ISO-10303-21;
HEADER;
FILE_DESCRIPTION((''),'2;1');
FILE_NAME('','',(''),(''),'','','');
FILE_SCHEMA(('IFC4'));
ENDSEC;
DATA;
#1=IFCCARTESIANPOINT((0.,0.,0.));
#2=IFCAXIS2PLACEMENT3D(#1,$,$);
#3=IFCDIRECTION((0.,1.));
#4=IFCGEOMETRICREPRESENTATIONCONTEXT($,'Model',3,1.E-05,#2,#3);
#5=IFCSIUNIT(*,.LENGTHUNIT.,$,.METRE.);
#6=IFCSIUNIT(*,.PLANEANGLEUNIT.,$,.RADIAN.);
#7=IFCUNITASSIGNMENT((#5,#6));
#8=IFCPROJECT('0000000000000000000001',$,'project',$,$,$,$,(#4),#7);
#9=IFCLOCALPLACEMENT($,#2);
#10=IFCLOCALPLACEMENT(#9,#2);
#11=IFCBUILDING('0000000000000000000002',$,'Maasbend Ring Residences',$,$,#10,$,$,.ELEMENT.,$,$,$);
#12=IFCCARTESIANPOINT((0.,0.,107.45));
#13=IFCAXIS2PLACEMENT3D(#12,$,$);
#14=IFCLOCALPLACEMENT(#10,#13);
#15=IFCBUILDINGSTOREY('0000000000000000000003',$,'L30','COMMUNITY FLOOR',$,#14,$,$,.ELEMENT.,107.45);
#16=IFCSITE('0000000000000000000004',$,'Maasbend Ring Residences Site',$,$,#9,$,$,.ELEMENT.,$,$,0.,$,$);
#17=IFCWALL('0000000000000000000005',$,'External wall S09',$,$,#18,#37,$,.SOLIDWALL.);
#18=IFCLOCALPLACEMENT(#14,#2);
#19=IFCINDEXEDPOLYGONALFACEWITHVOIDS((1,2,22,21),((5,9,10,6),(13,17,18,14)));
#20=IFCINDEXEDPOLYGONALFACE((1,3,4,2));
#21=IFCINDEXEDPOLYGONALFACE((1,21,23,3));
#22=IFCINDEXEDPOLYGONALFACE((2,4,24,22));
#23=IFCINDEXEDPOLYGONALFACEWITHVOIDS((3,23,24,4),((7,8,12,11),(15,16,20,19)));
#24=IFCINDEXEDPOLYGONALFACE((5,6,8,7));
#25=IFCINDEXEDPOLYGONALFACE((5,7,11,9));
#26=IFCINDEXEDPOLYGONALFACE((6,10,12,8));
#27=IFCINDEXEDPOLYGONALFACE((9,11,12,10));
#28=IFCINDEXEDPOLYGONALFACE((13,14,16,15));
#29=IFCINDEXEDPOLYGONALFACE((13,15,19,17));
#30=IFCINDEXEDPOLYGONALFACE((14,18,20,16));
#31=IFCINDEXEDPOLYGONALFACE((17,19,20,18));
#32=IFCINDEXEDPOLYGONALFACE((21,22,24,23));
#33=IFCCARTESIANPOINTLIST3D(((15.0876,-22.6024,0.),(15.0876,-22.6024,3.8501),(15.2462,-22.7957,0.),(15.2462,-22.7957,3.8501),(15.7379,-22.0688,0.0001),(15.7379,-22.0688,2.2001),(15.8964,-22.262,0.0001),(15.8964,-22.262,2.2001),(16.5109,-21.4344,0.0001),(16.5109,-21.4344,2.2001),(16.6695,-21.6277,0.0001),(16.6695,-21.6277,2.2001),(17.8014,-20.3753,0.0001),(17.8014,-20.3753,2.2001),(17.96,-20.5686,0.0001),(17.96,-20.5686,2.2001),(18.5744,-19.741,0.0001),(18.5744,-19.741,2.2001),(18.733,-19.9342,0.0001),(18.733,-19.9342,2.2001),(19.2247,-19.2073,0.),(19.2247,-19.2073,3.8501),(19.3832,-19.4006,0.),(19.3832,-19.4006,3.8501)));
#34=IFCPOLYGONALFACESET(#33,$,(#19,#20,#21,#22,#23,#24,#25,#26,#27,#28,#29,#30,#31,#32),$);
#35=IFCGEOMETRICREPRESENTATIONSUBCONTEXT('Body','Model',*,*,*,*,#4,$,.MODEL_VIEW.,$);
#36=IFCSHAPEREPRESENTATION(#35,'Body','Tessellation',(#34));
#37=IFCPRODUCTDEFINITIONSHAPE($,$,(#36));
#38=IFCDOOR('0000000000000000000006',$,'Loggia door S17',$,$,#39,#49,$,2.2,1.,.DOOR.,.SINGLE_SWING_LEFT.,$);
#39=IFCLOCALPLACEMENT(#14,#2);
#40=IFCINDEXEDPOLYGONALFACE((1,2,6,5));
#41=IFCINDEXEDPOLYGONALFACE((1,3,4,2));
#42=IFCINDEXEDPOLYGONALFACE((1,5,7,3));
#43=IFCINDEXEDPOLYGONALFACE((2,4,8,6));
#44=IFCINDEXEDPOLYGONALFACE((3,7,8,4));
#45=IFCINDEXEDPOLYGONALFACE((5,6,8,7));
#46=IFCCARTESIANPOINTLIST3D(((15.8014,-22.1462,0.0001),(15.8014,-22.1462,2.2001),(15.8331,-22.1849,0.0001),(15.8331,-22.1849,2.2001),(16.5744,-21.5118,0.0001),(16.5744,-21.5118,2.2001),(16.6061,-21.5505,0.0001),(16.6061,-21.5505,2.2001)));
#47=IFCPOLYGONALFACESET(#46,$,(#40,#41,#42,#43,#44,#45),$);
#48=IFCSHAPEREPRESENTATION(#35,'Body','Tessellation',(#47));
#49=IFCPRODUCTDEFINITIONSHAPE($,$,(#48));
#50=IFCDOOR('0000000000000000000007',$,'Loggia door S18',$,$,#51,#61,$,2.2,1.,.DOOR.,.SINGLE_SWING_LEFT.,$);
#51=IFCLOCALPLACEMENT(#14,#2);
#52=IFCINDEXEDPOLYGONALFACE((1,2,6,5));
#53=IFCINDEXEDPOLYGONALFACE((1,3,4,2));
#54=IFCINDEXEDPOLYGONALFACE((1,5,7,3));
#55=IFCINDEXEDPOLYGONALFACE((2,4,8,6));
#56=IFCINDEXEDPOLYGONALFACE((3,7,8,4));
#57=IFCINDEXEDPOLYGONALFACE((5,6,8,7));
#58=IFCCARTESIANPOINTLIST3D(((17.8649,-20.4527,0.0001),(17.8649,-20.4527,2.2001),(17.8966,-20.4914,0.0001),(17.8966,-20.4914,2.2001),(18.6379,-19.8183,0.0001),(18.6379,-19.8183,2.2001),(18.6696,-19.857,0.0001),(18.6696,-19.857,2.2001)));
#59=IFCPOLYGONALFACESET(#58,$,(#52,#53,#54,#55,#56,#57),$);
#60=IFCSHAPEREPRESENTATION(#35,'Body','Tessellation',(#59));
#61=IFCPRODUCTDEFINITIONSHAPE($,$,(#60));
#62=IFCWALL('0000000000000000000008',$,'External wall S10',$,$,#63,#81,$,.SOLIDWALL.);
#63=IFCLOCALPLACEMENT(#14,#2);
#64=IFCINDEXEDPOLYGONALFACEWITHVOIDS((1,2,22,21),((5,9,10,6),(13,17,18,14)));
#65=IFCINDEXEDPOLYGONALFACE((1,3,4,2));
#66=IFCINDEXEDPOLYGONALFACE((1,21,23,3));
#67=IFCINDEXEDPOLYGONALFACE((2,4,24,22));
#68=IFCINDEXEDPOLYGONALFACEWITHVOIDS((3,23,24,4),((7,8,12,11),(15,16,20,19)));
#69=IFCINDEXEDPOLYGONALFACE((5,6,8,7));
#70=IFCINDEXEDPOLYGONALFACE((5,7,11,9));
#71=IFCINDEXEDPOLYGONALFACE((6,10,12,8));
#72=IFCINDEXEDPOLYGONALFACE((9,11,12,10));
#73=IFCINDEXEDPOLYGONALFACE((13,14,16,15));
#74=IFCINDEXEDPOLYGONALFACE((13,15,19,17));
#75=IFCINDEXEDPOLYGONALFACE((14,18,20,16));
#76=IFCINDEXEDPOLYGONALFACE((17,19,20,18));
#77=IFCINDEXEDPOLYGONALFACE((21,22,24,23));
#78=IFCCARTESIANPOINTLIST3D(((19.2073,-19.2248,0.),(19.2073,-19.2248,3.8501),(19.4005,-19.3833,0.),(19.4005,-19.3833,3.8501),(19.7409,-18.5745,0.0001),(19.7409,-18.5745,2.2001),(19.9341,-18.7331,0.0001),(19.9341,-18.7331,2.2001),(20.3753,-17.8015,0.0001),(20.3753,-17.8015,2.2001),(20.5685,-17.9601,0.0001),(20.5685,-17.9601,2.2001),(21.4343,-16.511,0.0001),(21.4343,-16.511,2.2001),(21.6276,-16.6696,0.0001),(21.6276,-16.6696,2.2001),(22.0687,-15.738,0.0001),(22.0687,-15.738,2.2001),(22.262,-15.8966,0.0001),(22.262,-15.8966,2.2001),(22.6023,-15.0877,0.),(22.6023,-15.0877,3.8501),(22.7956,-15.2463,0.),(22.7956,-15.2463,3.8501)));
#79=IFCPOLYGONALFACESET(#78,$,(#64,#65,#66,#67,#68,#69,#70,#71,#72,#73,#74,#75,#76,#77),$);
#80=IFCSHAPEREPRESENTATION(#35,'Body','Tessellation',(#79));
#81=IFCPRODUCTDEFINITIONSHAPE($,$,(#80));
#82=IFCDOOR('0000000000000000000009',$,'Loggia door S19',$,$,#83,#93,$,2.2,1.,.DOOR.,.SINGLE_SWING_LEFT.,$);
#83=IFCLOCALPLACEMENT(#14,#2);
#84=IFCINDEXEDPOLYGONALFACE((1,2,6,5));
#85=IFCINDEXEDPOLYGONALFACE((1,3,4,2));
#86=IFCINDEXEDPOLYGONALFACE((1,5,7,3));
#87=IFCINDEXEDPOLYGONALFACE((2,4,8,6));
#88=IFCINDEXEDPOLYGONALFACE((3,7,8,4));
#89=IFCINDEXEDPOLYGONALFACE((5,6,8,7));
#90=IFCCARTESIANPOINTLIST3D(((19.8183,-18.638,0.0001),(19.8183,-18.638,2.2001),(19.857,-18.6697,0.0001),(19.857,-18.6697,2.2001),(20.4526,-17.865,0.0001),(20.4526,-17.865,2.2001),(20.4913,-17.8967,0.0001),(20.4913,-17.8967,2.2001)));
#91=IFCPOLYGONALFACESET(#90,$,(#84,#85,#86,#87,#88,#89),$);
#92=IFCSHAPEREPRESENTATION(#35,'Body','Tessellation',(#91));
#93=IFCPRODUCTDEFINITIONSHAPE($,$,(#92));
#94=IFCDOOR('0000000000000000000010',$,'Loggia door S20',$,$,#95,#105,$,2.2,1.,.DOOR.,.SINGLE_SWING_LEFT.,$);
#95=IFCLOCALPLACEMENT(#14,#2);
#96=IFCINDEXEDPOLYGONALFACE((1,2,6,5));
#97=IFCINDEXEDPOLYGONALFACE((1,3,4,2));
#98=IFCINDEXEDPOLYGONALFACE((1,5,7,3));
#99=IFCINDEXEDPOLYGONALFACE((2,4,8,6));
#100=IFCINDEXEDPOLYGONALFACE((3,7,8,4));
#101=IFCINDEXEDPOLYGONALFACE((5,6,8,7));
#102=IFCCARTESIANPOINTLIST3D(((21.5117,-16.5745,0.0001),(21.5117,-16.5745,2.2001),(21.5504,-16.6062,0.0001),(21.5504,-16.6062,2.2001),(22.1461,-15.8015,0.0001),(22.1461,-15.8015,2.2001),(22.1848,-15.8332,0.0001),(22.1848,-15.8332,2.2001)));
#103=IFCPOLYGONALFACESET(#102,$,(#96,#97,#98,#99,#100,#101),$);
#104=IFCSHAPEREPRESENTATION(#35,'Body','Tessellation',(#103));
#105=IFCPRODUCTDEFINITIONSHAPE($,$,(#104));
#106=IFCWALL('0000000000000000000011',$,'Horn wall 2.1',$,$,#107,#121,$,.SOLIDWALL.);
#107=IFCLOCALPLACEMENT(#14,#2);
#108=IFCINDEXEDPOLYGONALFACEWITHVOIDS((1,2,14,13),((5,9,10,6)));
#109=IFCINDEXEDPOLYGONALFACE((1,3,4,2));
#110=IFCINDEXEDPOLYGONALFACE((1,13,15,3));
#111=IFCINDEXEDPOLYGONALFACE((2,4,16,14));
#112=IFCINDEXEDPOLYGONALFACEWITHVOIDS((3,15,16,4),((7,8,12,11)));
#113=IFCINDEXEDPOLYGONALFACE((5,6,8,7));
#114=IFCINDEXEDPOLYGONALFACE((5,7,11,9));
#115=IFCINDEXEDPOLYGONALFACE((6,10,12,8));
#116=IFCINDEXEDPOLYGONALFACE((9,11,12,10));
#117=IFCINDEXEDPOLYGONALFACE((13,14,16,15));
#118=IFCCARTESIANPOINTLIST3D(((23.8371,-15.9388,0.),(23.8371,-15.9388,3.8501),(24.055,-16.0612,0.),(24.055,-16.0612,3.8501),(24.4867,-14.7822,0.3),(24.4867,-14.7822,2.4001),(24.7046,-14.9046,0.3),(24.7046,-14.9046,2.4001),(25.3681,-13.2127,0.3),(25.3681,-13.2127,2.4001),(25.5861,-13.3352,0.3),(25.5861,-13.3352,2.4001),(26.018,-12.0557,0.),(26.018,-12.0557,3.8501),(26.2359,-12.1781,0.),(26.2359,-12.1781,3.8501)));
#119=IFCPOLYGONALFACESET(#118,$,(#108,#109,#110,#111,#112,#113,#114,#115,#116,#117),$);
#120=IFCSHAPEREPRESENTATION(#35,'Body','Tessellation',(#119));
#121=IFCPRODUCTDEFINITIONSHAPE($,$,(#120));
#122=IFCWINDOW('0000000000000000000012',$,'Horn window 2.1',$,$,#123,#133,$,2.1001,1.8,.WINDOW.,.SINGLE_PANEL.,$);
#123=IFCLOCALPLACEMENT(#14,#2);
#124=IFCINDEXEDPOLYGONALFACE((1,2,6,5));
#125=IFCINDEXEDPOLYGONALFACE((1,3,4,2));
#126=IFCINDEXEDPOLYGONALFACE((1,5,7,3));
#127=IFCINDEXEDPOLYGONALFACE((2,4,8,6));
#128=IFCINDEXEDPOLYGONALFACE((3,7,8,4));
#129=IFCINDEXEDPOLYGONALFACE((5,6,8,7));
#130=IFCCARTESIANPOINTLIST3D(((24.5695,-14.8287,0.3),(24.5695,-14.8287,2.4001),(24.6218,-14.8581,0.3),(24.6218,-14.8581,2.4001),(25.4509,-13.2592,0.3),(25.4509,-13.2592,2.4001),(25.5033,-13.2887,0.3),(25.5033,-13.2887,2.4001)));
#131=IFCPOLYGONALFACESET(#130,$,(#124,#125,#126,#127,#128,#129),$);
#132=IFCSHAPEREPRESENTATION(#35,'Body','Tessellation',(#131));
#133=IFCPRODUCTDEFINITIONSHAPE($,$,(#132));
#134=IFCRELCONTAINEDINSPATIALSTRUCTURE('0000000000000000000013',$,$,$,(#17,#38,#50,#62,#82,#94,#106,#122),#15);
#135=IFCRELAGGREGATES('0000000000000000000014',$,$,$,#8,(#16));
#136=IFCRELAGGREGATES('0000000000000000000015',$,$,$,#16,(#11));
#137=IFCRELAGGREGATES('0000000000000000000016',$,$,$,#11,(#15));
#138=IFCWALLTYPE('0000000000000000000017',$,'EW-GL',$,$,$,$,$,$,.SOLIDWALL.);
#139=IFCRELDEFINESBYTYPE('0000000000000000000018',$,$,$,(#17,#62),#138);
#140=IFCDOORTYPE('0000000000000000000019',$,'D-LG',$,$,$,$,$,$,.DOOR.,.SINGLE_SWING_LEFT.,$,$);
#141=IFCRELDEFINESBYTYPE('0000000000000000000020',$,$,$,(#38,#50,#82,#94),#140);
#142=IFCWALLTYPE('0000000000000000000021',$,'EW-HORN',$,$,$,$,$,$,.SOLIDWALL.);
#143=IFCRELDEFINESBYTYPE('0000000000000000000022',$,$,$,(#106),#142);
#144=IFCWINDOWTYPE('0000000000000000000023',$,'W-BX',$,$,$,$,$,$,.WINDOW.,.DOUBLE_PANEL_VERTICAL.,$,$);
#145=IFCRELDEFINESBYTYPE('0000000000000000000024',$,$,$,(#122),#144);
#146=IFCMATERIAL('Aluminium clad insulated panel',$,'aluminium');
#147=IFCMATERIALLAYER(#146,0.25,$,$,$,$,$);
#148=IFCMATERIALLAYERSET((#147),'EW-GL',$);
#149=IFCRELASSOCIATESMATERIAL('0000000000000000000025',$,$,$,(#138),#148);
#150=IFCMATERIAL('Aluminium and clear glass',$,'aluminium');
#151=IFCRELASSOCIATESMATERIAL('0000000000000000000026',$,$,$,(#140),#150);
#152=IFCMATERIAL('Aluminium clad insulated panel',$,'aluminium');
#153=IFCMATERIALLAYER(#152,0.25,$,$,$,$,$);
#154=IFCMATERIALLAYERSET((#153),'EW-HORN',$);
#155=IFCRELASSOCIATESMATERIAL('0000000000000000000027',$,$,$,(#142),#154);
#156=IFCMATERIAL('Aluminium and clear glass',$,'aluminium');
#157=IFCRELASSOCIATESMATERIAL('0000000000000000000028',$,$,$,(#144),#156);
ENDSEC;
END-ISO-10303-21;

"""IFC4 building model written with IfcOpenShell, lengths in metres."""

from ifc_helpers import new_model, si_unit, direction, frame, frame_2d, origin, place, context, subcontext, project, spatial, rectangle, extrude, material, layer, layer_set, type_object, element, fill, save


model = new_model("IFC4")

# Units and contexts
model_context = context("Model", 3, precision=1e-05, world=origin(), true_north=direction((0.0, 1.0)))
body_context = subcontext(model_context, "Body", "Model", "MODEL_VIEW")
ifc_project = project(units=[si_unit("LENGTHUNIT", "METRE"), si_unit("PLANEANGLEUNIT", "RADIAN")], contexts=[model_context])

# Site, building, storey
site_placement = place(None, origin())
site = spatial("IfcSite", under=ifc_project, at=site_placement, Name="Maasbend Ring Residences Site", CompositionType="ELEMENT", RefElevation=0.0)
building_placement = place(site_placement, origin())
building = spatial("IfcBuilding", under=site, at=building_placement, Name="Maasbend Ring Residences", CompositionType="ELEMENT")
storey_placement = place(building_placement, frame((0.0, 0.0, 107.45)))
storey = spatial("IfcBuildingStorey", under=building, at=storey_placement, Name="L30", Description="COMMUNITY FLOOR", CompositionType="ELEMENT", Elevation=107.45)

# Walls, openings, doors
ifc_material_1 = material(Name="Aluminium clad insulated panel", Category="aluminium")
ifc_layer_1 = layer(ifc_material_1, 0.25)
ifc_layer_set_1 = layer_set([ifc_layer_1], Name="EW-GL")
wall_type_1 = type_object("IfcWallType", Name="EW-GL", PredefinedType="SOLIDWALL", material=ifc_layer_set_1)
wall_1_placement = place(storey_placement, frame((15.167, -22.699, 0.0), z_axis=(0.0, 0.0, 1.0), x_axis=(0.773019, 0.634382, 0.0)))
wall_1 = element("IfcWall", 1, at=wall_1_placement, inside=storey, type_object=wall_type_1, Name="External wall S09", PredefinedType="SOLIDWALL", context=body_context, shape_type="SweptSolid", body=[
    extrude(rectangle(XDim=5.3518, YDim=0.25, at=frame_2d((2.6758, 0.0))), origin(), (0.0, 0.0, 1.0), 3.8501),
])
opening_1_placement = place(wall_1_placement, frame((0.8411, 0.0, 0.0)))
opening_1 = element("IfcOpeningElement", 2, at=opening_1_placement, cuts=wall_1, PredefinedType="OPENING", context=body_context, shape_type="SweptSolid", body=[
    extrude(rectangle(XDim=1.0, YDim=2.2, at=frame_2d((0.5, 1.1001))), frame((0.0, 0.135, 0.0), z_axis=(0.0, -1.0, 0.0), x_axis=(1.0, 0.0, 0.0)), (0.0, 0.0, 1.0), 0.27),
])
opening_2_placement = place(wall_1_placement, frame((3.5105, 0.0, 0.0)))
opening_2 = element("IfcOpeningElement", 3, at=opening_2_placement, cuts=wall_1, PredefinedType="OPENING", context=body_context, shape_type="SweptSolid", body=[
    extrude(rectangle(XDim=1.0, YDim=2.2, at=frame_2d((0.5, 1.1001))), frame((0.0, 0.135, 0.0), z_axis=(0.0, -1.0, 0.0), x_axis=(1.0, 0.0, 0.0)), (0.0, 0.0, 1.0), 0.27),
])
ifc_material_2 = material(Name="Aluminium and clear glass", Category="aluminium")
door_type_1 = type_object("IfcDoorType", Name="D-LG", OperationType="SINGLE_SWING_LEFT", PredefinedType="DOOR", material=ifc_material_2)
door_1_placement = place(opening_1_placement, origin())
door_1 = element("IfcDoor", 4, at=door_1_placement, inside=storey, type_object=door_type_1, Name="Loggia door S17", OperationType="SINGLE_SWING_LEFT", OverallHeight=2.2, OverallWidth=1.0, PredefinedType="DOOR", context=body_context, shape_type="SweptSolid", body=[
    extrude(rectangle(XDim=1.0, YDim=2.2, at=frame_2d((0.5, 1.1001))), frame((0.0, 0.0249, 0.0), z_axis=(0.0, -1.0, 0.0), x_axis=(1.0, 0.0, 0.0)), (0.0, 0.0, 1.0), 0.05),
])
fill(opening_1, door_1)
door_2_placement = place(opening_2_placement, origin())
door_2 = element("IfcDoor", 5, at=door_2_placement, inside=storey, type_object=door_type_1, Name="Loggia door S18", OperationType="SINGLE_SWING_LEFT", OverallHeight=2.2, OverallWidth=1.0, PredefinedType="DOOR", context=body_context, shape_type="SweptSolid", body=[
    extrude(rectangle(XDim=1.0, YDim=2.2, at=frame_2d((0.5, 1.1001))), frame((0.0, 0.0249, 0.0), z_axis=(0.0, -1.0, 0.0), x_axis=(1.0, 0.0, 0.0)), (0.0, 0.0, 1.0), 0.05),
])
fill(opening_2, door_2)
wall_2_placement = place(storey_placement, frame((19.304, -19.304, 0.0), z_axis=(0.0, 0.0, 1.0), x_axis=(0.634382, 0.773019, 0.0)))
wall_2 = element("IfcWall", 6, at=wall_2_placement, inside=storey, type_object=wall_type_1, Name="External wall S10", PredefinedType="SOLIDWALL", context=body_context, shape_type="SweptSolid", body=[
    extrude(rectangle(XDim=5.3518, YDim=0.25, at=frame_2d((2.6758, 0.0))), origin(), (0.0, 0.0, 1.0), 3.8501),
])
opening_3_placement = place(wall_2_placement, frame((0.8411, 0.0, 0.0)))
opening_3 = element("IfcOpeningElement", 7, at=opening_3_placement, cuts=wall_2, PredefinedType="OPENING", context=body_context, shape_type="SweptSolid", body=[
    extrude(rectangle(XDim=1.0, YDim=2.2, at=frame_2d((0.5, 1.1001))), frame((0.0, 0.135, 0.0), z_axis=(0.0, -1.0, 0.0), x_axis=(1.0, 0.0, 0.0)), (0.0, 0.0, 1.0), 0.27),
])
opening_4_placement = place(wall_2_placement, frame((3.5105, 0.0, 0.0)))
opening_4 = element("IfcOpeningElement", 8, at=opening_4_placement, cuts=wall_2, PredefinedType="OPENING", context=body_context, shape_type="SweptSolid", body=[
    extrude(rectangle(XDim=1.0, YDim=2.2, at=frame_2d((0.5, 1.1001))), frame((0.0, 0.135, 0.0), z_axis=(0.0, -1.0, 0.0), x_axis=(1.0, 0.0, 0.0)), (0.0, 0.0, 1.0), 0.27),
])
door_3_placement = place(opening_3_placement, origin())
door_3 = element("IfcDoor", 9, at=door_3_placement, inside=storey, type_object=door_type_1, Name="Loggia door S19", OperationType="SINGLE_SWING_LEFT", OverallHeight=2.2, OverallWidth=1.0, PredefinedType="DOOR", context=body_context, shape_type="SweptSolid", body=[
    extrude(rectangle(XDim=1.0, YDim=2.2, at=frame_2d((0.5, 1.1001))), frame((0.0, 0.0249, 0.0), z_axis=(0.0, -1.0, 0.0), x_axis=(1.0, 0.0, 0.0)), (0.0, 0.0, 1.0), 0.05),
])
fill(opening_3, door_3)
door_4_placement = place(opening_4_placement, origin())
door_4 = element("IfcDoor", 10, at=door_4_placement, inside=storey, type_object=door_type_1, Name="Loggia door S20", OperationType="SINGLE_SWING_LEFT", OverallHeight=2.2, OverallWidth=1.0, PredefinedType="DOOR", context=body_context, shape_type="SweptSolid", body=[
    extrude(rectangle(XDim=1.0, YDim=2.2, at=frame_2d((0.5, 1.1001))), frame((0.0, 0.0249, 0.0), z_axis=(0.0, -1.0, 0.0), x_axis=(1.0, 0.0, 0.0)), (0.0, 0.0, 1.0), 0.05),
])
fill(opening_4, door_4)

# Wall, opening, window
ifc_material_3 = material(Name="Aluminium clad insulated panel", Category="aluminium")
ifc_layer_2 = layer(ifc_material_3, 0.25)
ifc_layer_set_2 = layer_set([ifc_layer_2], Name="EW-HORN")
wall_type_2 = type_object("IfcWallType", Name="EW-HORN", PredefinedType="SOLIDWALL", material=ifc_layer_set_2)
wall_3_placement = place(storey_placement, frame((23.946, -16.0, 0.0), z_axis=(0.0, 0.0, 1.0), x_axis=(0.489696, 0.871893, 0.0)))
wall_3 = element("IfcWall", 11, at=wall_3_placement, inside=storey, type_object=wall_type_2, Name="Horn wall 2.1", PredefinedType="SOLIDWALL", context=body_context, shape_type="SweptSolid", body=[
    extrude(rectangle(XDim=4.4536, YDim=0.25, at=frame_2d((2.2268, 0.0))), origin(), (0.0, 0.0, 1.0), 3.8501),
])
opening_5_placement = place(wall_3_placement, frame((1.3267, 0.0, 0.3)))
opening_5 = element("IfcOpeningElement", 12, at=opening_5_placement, cuts=wall_3, PredefinedType="OPENING", context=body_context, shape_type="SweptSolid", body=[
    extrude(rectangle(XDim=1.8, YDim=2.1001, at=frame_2d((0.8999, 1.05))), frame((0.0, 0.135, 0.0), z_axis=(0.0, -1.0, 0.0), x_axis=(1.0, 0.0, 0.0)), (0.0, 0.0, 1.0), 0.27),
])
ifc_material_4 = material(Name="Aluminium and clear glass", Category="aluminium")
window_type = type_object("IfcWindowType", Name="W-BX", PartitioningType="DOUBLE_PANEL_VERTICAL", PredefinedType="WINDOW", material=ifc_material_4)
window_placement = place(opening_5_placement, origin())
window = element("IfcWindow", 13, at=window_placement, inside=storey, type_object=window_type, Name="Horn window 2.1", OverallHeight=2.1001, OverallWidth=1.8, PartitioningType="SINGLE_PANEL", PredefinedType="WINDOW", context=body_context, shape_type="SweptSolid", body=[
    extrude(rectangle(XDim=1.8, YDim=2.1001, at=frame_2d((0.8999, 1.05))), frame((0.0, 0.03, 0.0), z_axis=(0.0, -1.0, 0.0), x_axis=(1.0, 0.0, 0.0)), (0.0, 0.0, 1.0), 0.0601),
])
fill(opening_5, window)

save(model, "model.ifc")
